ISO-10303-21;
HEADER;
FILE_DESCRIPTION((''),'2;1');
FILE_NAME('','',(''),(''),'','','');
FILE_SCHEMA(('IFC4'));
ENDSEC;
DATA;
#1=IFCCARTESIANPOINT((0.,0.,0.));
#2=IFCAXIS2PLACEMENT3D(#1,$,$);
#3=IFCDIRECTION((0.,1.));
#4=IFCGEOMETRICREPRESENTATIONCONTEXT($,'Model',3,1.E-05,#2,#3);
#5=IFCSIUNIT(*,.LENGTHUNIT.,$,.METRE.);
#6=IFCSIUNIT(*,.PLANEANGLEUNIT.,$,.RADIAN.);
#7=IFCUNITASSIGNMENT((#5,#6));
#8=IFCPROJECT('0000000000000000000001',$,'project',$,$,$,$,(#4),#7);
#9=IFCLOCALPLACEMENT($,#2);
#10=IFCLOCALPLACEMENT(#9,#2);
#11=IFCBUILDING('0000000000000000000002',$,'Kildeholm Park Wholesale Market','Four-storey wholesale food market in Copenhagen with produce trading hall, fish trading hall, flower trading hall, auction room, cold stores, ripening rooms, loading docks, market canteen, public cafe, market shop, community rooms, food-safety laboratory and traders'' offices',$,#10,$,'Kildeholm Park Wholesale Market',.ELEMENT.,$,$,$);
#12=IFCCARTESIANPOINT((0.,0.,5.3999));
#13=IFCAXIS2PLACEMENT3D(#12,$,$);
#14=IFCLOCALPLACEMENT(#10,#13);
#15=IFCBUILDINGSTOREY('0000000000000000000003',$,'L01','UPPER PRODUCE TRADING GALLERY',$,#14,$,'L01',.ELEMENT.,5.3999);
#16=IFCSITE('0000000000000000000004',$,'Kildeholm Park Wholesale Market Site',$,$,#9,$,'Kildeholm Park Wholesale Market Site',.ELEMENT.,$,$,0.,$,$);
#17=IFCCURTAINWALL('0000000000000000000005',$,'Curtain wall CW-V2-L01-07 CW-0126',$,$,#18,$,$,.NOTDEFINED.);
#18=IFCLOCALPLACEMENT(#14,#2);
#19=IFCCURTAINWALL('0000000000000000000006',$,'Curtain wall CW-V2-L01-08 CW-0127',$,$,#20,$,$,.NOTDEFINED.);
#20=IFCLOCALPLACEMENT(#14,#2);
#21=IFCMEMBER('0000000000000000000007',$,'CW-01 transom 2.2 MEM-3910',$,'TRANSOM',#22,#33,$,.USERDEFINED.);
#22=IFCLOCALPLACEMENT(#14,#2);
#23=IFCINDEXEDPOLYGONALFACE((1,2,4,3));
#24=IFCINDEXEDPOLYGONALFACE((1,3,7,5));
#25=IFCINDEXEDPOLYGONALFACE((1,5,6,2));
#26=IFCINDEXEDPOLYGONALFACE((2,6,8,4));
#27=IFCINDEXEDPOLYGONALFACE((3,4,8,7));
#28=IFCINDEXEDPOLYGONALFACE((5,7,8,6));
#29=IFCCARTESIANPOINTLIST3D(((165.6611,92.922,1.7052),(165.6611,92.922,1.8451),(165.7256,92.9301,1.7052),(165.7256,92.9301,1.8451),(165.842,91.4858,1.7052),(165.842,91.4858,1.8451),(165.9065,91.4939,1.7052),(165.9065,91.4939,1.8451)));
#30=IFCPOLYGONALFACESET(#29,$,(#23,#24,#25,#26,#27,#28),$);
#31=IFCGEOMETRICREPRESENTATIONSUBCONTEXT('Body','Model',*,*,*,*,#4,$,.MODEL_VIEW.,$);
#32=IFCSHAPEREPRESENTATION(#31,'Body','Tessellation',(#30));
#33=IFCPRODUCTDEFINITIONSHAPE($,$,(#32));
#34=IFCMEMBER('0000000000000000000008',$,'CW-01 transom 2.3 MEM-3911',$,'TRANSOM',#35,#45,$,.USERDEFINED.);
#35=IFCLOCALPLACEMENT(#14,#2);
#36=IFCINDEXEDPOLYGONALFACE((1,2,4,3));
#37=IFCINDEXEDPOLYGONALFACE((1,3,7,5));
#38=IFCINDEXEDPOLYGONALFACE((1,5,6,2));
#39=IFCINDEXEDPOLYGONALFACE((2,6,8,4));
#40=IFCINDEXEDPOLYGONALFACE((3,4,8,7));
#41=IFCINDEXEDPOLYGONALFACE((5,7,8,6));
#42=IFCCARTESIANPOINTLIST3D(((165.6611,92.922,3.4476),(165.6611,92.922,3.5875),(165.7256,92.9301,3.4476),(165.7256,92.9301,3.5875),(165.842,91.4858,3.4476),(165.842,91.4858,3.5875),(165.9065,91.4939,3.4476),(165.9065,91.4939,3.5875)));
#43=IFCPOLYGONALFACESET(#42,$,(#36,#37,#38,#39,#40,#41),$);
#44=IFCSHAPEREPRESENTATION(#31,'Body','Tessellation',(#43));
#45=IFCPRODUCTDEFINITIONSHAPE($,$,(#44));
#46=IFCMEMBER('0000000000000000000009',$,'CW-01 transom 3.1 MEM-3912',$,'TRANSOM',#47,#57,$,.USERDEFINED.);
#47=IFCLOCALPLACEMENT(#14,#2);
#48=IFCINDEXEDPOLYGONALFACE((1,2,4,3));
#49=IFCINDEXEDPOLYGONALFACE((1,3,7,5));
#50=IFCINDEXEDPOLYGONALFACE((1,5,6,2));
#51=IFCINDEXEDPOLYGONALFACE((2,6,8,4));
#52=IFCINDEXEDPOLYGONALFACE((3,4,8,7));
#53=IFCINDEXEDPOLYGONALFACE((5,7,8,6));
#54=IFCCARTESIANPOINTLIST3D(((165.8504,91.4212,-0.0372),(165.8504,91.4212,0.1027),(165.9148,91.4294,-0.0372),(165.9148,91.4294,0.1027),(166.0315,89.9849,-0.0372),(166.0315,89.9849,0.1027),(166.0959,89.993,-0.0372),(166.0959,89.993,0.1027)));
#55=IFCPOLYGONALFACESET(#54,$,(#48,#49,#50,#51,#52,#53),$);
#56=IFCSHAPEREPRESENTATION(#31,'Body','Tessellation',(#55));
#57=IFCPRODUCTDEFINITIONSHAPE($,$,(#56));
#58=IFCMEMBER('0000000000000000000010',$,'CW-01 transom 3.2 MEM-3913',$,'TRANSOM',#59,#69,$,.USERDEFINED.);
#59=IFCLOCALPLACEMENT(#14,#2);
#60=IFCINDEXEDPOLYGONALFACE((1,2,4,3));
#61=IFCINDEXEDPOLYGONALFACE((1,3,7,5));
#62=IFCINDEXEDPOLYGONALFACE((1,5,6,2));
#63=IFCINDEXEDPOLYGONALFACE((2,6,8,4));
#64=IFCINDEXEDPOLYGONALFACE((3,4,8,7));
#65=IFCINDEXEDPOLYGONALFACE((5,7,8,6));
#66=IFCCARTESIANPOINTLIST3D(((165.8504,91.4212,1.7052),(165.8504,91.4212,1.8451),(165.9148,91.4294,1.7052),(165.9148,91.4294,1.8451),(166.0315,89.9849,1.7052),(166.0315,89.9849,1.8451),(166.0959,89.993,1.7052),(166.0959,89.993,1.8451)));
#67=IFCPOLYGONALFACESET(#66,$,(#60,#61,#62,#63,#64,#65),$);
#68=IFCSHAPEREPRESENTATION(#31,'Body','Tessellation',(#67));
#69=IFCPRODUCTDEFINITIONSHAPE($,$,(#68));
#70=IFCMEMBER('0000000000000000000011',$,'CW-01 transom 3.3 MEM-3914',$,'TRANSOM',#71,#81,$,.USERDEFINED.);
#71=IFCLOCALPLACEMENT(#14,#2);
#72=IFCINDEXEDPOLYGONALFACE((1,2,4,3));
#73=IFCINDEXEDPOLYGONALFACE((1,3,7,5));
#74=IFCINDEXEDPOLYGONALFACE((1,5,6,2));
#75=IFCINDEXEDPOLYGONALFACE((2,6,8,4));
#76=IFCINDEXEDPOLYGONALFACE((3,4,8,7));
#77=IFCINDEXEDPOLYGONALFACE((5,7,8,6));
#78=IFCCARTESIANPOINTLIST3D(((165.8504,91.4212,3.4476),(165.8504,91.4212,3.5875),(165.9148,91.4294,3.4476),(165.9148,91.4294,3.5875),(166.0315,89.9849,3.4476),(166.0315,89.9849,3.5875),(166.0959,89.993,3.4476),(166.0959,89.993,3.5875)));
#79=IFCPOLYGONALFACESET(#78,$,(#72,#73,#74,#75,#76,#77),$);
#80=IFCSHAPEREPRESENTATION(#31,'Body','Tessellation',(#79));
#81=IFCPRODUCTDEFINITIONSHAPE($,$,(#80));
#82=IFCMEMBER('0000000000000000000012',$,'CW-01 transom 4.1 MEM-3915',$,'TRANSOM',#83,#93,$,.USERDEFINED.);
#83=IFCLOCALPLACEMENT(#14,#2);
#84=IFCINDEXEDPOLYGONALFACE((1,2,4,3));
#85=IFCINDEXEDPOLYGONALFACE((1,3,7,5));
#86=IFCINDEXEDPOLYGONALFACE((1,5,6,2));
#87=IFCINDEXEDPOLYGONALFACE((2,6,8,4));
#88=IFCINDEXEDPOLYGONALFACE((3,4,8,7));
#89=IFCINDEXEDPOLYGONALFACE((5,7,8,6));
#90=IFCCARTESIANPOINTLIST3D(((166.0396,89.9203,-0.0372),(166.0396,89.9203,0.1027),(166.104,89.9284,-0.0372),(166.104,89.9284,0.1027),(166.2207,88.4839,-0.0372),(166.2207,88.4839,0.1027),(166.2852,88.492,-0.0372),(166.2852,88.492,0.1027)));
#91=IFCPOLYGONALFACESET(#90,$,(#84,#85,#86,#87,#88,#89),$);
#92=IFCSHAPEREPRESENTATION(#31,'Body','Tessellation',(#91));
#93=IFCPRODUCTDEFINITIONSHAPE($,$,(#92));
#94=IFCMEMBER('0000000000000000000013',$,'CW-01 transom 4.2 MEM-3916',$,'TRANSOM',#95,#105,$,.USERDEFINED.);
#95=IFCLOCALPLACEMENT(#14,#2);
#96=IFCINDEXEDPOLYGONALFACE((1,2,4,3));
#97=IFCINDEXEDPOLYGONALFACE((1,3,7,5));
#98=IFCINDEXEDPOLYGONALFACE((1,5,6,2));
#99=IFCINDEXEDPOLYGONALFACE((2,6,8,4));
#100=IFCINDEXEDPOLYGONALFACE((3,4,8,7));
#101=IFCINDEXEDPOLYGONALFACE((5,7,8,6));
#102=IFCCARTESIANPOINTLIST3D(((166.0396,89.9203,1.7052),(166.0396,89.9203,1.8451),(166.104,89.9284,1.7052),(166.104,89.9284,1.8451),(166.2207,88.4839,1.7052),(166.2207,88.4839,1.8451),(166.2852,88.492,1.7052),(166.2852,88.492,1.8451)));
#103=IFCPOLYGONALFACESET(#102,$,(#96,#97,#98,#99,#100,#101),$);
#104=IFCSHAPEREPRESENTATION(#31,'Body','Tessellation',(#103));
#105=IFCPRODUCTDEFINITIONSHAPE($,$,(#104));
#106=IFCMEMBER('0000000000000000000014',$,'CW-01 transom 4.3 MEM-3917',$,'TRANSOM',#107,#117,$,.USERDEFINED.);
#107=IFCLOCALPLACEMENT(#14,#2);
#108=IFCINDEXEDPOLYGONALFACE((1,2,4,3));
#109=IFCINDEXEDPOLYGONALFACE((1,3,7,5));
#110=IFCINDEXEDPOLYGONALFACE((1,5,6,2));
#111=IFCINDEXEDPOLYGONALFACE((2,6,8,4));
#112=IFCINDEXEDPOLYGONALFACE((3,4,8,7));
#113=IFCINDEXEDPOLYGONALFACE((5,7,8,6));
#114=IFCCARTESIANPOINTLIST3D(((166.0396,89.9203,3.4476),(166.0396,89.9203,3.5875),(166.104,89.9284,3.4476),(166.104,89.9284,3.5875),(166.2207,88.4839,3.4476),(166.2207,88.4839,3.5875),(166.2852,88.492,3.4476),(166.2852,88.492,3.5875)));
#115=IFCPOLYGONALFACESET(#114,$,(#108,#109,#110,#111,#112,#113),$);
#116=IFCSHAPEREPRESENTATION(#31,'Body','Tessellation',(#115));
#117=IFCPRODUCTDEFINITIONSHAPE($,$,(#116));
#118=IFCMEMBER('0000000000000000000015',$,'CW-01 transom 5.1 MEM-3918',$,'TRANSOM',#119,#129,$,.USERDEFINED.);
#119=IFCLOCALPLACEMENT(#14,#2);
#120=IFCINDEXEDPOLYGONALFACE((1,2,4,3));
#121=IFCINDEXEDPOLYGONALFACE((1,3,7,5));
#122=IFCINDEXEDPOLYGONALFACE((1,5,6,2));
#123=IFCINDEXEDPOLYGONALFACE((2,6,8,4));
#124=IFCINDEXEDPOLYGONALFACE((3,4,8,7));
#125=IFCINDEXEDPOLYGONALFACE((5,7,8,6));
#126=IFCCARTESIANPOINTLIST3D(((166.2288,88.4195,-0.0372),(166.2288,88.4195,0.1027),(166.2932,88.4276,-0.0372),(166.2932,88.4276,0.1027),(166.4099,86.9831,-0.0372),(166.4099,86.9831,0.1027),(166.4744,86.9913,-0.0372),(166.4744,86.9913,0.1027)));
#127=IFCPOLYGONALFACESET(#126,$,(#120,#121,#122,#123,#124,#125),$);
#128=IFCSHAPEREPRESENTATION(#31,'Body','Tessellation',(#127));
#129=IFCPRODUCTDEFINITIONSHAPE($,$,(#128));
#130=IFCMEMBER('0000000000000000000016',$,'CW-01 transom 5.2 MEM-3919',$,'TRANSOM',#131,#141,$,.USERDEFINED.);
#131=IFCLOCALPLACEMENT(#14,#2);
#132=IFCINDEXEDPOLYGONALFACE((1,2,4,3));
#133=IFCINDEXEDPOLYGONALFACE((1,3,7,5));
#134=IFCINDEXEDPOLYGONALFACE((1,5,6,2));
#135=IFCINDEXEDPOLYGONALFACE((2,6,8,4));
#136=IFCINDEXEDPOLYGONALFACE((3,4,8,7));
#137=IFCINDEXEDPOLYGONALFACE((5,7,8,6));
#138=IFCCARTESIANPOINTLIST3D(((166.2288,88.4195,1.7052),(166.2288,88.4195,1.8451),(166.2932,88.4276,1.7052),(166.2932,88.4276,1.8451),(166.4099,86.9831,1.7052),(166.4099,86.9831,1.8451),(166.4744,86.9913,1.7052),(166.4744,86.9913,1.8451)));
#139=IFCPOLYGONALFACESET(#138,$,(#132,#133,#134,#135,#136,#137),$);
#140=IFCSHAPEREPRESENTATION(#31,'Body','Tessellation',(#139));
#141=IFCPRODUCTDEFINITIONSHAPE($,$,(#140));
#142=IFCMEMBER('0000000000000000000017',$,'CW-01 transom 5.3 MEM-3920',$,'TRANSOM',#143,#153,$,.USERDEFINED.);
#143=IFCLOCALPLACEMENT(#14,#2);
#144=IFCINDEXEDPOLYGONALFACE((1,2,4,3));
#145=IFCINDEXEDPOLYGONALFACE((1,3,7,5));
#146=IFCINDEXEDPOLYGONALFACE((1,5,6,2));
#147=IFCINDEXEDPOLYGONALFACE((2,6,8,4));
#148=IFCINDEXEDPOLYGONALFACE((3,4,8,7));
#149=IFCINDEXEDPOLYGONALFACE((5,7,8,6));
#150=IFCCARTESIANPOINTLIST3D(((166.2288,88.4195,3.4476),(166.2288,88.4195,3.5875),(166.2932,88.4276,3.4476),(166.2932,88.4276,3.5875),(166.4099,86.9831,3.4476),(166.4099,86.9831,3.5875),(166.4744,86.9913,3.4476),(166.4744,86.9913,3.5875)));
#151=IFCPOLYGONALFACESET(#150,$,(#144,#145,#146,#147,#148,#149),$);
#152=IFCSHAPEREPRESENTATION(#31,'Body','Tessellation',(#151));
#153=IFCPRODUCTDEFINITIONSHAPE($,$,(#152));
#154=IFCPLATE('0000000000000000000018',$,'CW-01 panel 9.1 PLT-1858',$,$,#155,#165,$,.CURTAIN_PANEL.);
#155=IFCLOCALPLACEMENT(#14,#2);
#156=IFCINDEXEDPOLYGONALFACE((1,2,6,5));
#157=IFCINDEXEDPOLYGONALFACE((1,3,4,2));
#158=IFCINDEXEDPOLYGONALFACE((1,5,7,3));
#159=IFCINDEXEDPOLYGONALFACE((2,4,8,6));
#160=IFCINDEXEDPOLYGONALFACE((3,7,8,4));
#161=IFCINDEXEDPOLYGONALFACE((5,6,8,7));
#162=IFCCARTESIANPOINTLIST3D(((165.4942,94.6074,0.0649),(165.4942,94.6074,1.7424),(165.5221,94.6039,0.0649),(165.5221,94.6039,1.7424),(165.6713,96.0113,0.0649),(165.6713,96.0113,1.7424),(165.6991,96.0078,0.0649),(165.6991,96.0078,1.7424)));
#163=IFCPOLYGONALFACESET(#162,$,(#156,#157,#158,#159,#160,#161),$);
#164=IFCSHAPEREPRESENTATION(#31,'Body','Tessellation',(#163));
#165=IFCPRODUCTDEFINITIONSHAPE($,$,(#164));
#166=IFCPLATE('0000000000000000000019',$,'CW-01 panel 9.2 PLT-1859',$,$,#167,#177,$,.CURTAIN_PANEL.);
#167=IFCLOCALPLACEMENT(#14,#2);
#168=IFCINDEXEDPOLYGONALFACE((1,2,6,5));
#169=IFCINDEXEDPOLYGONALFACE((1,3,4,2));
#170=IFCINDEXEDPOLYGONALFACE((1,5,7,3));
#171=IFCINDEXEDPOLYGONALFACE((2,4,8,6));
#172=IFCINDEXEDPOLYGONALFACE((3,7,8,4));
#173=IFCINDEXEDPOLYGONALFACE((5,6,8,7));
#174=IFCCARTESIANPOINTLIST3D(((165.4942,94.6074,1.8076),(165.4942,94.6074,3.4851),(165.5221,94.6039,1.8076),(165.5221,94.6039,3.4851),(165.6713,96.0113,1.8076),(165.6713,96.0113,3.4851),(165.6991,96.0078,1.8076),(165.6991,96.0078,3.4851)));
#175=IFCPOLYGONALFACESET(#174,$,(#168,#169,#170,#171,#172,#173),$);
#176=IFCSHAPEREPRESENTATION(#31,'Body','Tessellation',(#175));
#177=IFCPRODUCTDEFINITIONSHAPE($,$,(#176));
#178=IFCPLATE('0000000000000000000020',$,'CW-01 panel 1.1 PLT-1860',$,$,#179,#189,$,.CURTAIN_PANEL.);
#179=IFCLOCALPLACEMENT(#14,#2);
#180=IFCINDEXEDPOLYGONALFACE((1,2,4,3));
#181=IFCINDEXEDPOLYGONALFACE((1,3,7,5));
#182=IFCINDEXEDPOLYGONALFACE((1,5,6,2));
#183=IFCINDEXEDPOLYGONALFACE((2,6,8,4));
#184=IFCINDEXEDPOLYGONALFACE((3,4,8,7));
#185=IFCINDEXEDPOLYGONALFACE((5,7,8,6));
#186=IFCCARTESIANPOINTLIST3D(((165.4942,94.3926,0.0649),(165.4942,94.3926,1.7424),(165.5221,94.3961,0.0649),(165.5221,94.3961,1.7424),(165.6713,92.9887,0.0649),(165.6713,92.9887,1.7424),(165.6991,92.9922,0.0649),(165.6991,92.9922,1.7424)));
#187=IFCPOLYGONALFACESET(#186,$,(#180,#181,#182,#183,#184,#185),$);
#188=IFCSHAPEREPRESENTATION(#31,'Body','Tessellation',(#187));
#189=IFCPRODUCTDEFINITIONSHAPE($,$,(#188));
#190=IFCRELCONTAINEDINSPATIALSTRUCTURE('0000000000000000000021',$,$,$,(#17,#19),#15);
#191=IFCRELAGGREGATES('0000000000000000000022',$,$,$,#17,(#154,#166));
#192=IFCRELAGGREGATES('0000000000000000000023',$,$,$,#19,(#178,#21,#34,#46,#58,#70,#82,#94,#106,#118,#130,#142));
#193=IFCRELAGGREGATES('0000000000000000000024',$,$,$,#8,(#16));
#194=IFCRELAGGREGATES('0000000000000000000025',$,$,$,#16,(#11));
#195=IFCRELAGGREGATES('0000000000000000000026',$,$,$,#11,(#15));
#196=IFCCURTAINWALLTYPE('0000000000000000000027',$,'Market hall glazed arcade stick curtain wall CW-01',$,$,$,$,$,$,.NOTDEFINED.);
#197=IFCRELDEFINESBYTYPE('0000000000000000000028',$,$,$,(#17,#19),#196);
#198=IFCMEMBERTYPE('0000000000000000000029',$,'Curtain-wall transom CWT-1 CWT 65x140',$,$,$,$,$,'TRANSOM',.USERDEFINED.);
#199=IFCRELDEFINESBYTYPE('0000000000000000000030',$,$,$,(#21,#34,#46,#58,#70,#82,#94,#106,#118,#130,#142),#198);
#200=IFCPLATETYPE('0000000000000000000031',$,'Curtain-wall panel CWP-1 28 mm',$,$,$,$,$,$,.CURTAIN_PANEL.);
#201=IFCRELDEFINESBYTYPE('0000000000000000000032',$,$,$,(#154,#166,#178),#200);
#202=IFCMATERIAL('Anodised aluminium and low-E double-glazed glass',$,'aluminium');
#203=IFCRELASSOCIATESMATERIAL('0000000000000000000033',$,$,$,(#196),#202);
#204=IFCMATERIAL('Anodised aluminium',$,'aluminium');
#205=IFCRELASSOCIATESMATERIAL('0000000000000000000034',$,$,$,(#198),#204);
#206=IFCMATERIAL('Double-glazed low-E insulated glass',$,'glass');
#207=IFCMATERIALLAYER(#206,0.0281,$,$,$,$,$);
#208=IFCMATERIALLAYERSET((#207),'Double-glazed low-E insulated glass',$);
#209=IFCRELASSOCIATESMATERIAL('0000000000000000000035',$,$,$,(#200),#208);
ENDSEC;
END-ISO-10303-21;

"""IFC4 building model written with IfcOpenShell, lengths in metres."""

from ifc_helpers import new_model, si_unit, direction, frame, origin, origin_2d, place, context, subcontext, project, spatial, rectangle, extrude, material, layer, layer_set, material_profile, profile_set, type_object, element, aggregate, save


model = new_model("IFC4")

# Units and contexts
model_context = context("Model", 3, precision=1e-05, world=origin(), true_north=direction((0.0, 1.0)))
body_context = subcontext(model_context, "Body", "Model", "MODEL_VIEW")
ifc_project = project(units=[si_unit("LENGTHUNIT", "METRE"), si_unit("PLANEANGLEUNIT", "RADIAN")], contexts=[model_context])

# Site, building, storey
site_placement = place(None, origin())
site = spatial("IfcSite", under=ifc_project, at=site_placement, Name="Kildeholm Park Wholesale Market Site", LongName="Kildeholm Park Wholesale Market Site", CompositionType="ELEMENT", RefElevation=0.0)
building_placement = place(site_placement, origin())
building = spatial("IfcBuilding", under=site, at=building_placement, Name="Kildeholm Park Wholesale Market", Description="Four-storey wholesale food market in Copenhagen with produce trading hall, fish trading hall, flower trading hall, auction room, cold stores, ripening rooms, loading docks, market canteen, public cafe, market shop, community rooms, food-safety laboratory and traders' offices", LongName="Kildeholm Park Wholesale Market", CompositionType="ELEMENT")
storey_placement = place(building_placement, frame((0.0, 0.0, 5.3999)))
storey = spatial("IfcBuildingStorey", under=building, at=storey_placement, Name="L01", Description="UPPER PRODUCE TRADING GALLERY", LongName="L01", CompositionType="ELEMENT", Elevation=5.3999)

# Curtain walls
ifc_material_1 = material(Name="Anodised aluminium and low-E double-glazed glass", Category="aluminium")
curtain_wall_type = type_object("IfcCurtainWallType", Name="Market hall glazed arcade stick curtain wall CW-01", PredefinedType="NOTDEFINED", material=ifc_material_1)
curtain_wall_1_placement = place(storey_placement, origin())
curtain_wall_1 = element("IfcCurtainWall", 1, at=curtain_wall_1_placement, inside=storey, type_object=curtain_wall_type, Name="Curtain wall CW-V2-L01-07 CW-0126", PredefinedType="NOTDEFINED")
ifc_material_2 = material(Name="Anodised aluminium", Category="aluminium")
curtain_wall_2_placement = place(storey_placement, origin())
curtain_wall_2 = element("IfcCurtainWall", 2, at=curtain_wall_2_placement, inside=storey, type_object=curtain_wall_type, Name="Curtain wall CW-V2-L01-08 CW-0127", PredefinedType="NOTDEFINED")

# Members
ifc_material_profile_1 = material_profile(ifc_material_2, rectangle(XDim=0.0649, YDim=0.1399, at=origin_2d()), Name="CWT 65x140")
ifc_profile_set_1 = profile_set([ifc_material_profile_1], Name="Anodised aluminium")
member_type_1 = type_object("IfcMemberType", Name="Curtain-wall transom CWT-1 CWT 65x140", ElementType="TRANSOM", PredefinedType="USERDEFINED", material=ifc_profile_set_1)
member_1_placement = place(storey_placement, frame((165.6934, 92.926, 1.7751), z_axis=(0.124969, -0.992161, 0.0), x_axis=(0.992161, 0.124969, 0.0)))
member_1 = element("IfcMember", 3, at=member_1_placement, type_object=member_type_1, Name="CW-01 transom 2.2 MEM-3910", ObjectType="TRANSOM", PredefinedType="USERDEFINED", context=body_context, shape_type="SweptSolid", body=[
    extrude(rectangle(XDim=0.0649, YDim=0.1399, at=origin_2d()), origin(), (0.0, 0.0, 1.0), 1.4475),
])
member_2_placement = place(storey_placement, frame((165.6934, 92.926, 3.5176), z_axis=(0.124969, -0.992161, 0.0), x_axis=(0.992161, 0.124969, 0.0)))
member_2 = element("IfcMember", 4, at=member_2_placement, type_object=member_type_1, Name="CW-01 transom 2.3 MEM-3911", ObjectType="TRANSOM", PredefinedType="USERDEFINED", context=body_context, shape_type="SweptSolid", body=[
    extrude(rectangle(XDim=0.0649, YDim=0.1399, at=origin_2d()), origin(), (0.0, 0.0, 1.0), 1.4475),
])
member_3_placement = place(storey_placement, frame((165.8826, 91.4253, 0.0327), z_axis=(0.125135, -0.99214, 0.0), x_axis=(0.99214, 0.125135, 0.0)))
member_3 = element("IfcMember", 5, at=member_3_placement, type_object=member_type_1, Name="CW-01 transom 3.1 MEM-3912", ObjectType="TRANSOM", PredefinedType="USERDEFINED", context=body_context, shape_type="SweptSolid", body=[
    extrude(rectangle(XDim=0.0649, YDim=0.1399, at=origin_2d()), origin(), (0.0, 0.0, 1.0), 1.4478),
])
member_4_placement = place(storey_placement, frame((165.8826, 91.4253, 1.7751), z_axis=(0.125135, -0.99214, 0.0), x_axis=(0.99214, 0.125135, 0.0)))
member_4 = element("IfcMember", 6, at=member_4_placement, type_object=member_type_1, Name="CW-01 transom 3.2 MEM-3913", ObjectType="TRANSOM", PredefinedType="USERDEFINED", context=body_context, shape_type="SweptSolid", body=[
    extrude(rectangle(XDim=0.0649, YDim=0.1399, at=origin_2d()), origin(), (0.0, 0.0, 1.0), 1.4478),
])
member_5_placement = place(storey_placement, frame((165.8826, 91.4253, 3.5176), z_axis=(0.125135, -0.99214, 0.0), x_axis=(0.99214, 0.125135, 0.0)))
member_5 = element("IfcMember", 7, at=member_5_placement, type_object=member_type_1, Name="CW-01 transom 3.3 MEM-3914", ObjectType="TRANSOM", PredefinedType="USERDEFINED", context=body_context, shape_type="SweptSolid", body=[
    extrude(rectangle(XDim=0.0649, YDim=0.1399, at=origin_2d()), origin(), (0.0, 0.0, 1.0), 1.4478),
])
member_6_placement = place(storey_placement, frame((166.0718, 89.9243, 0.0327), z_axis=(0.125135, -0.99214, 0.0), x_axis=(0.99214, 0.125135, 0.0)))
member_6 = element("IfcMember", 8, at=member_6_placement, type_object=member_type_1, Name="CW-01 transom 4.1 MEM-3915", ObjectType="TRANSOM", PredefinedType="USERDEFINED", context=body_context, shape_type="SweptSolid", body=[
    extrude(rectangle(XDim=0.0649, YDim=0.1399, at=origin_2d()), origin(), (0.0, 0.0, 1.0), 1.4478),
])
member_7_placement = place(storey_placement, frame((166.0718, 89.9243, 1.7751), z_axis=(0.125135, -0.99214, 0.0), x_axis=(0.99214, 0.125135, 0.0)))
member_7 = element("IfcMember", 9, at=member_7_placement, type_object=member_type_1, Name="CW-01 transom 4.2 MEM-3916", ObjectType="TRANSOM", PredefinedType="USERDEFINED", context=body_context, shape_type="SweptSolid", body=[
    extrude(rectangle(XDim=0.0649, YDim=0.1399, at=origin_2d()), origin(), (0.0, 0.0, 1.0), 1.4478),
])
member_8_placement = place(storey_placement, frame((166.0718, 89.9243, 3.5176), z_axis=(0.125135, -0.99214, 0.0), x_axis=(0.99214, 0.125135, 0.0)))
member_8 = element("IfcMember", 10, at=member_8_placement, type_object=member_type_1, Name="CW-01 transom 4.3 MEM-3917", ObjectType="TRANSOM", PredefinedType="USERDEFINED", context=body_context, shape_type="SweptSolid", body=[
    extrude(rectangle(XDim=0.0649, YDim=0.1399, at=origin_2d()), origin(), (0.0, 0.0, 1.0), 1.4478),
])
member_9_placement = place(storey_placement, frame((166.261, 88.4236, 0.0327), z_axis=(0.125135, -0.99214, 0.0), x_axis=(0.99214, 0.125135, 0.0)))
member_9 = element("IfcMember", 11, at=member_9_placement, type_object=member_type_1, Name="CW-01 transom 5.1 MEM-3918", ObjectType="TRANSOM", PredefinedType="USERDEFINED", context=body_context, shape_type="SweptSolid", body=[
    extrude(rectangle(XDim=0.0649, YDim=0.1399, at=origin_2d()), origin(), (0.0, 0.0, 1.0), 1.4478),
])
member_10_placement = place(storey_placement, frame((166.261, 88.4236, 1.7751), z_axis=(0.125135, -0.99214, 0.0), x_axis=(0.99214, 0.125135, 0.0)))
member_10 = element("IfcMember", 12, at=member_10_placement, type_object=member_type_1, Name="CW-01 transom 5.2 MEM-3919", ObjectType="TRANSOM", PredefinedType="USERDEFINED", context=body_context, shape_type="SweptSolid", body=[
    extrude(rectangle(XDim=0.0649, YDim=0.1399, at=origin_2d()), origin(), (0.0, 0.0, 1.0), 1.4478),
])
member_11_placement = place(storey_placement, frame((166.261, 88.4236, 3.5176), z_axis=(0.125135, -0.99214, 0.0), x_axis=(0.99214, 0.125135, 0.0)))
member_11 = element("IfcMember", 13, at=member_11_placement, type_object=member_type_1, Name="CW-01 transom 5.3 MEM-3920", ObjectType="TRANSOM", PredefinedType="USERDEFINED", context=body_context, shape_type="SweptSolid", body=[
    extrude(rectangle(XDim=0.0649, YDim=0.1399, at=origin_2d()), origin(), (0.0, 0.0, 1.0), 1.4478),
])

# Plates
ifc_material_3 = material(Name="Double-glazed low-E insulated glass", Category="glass")
ifc_layer = layer(ifc_material_3, 0.0281)
ifc_layer_set = layer_set([ifc_layer], Name="Double-glazed low-E insulated glass")
plate_type = type_object("IfcPlateType", Name="Curtain-wall panel CWP-1 28 mm", PredefinedType="CURTAIN_PANEL", material=ifc_layer_set)
plate_1_placement = place(storey_placement, frame((165.5967, 95.3076, 0.0649), z_axis=(0.0, 0.0, 1.0), x_axis=(-0.125092, -0.992145, 0.0)))
plate_1 = element("IfcPlate", 14, at=plate_1_placement, type_object=plate_type, Name="CW-01 panel 9.1 PLT-1858", PredefinedType="CURTAIN_PANEL", context=body_context, shape_type="SweptSolid", body=[
    extrude(rectangle(XDim=1.415, YDim=0.0281, at=origin_2d()), origin(), (0.0, 0.0, 1.0), 1.6775),
])
plate_2_placement = place(storey_placement, frame((165.5967, 95.3076, 1.8076), z_axis=(0.0, 0.0, 1.0), x_axis=(-0.125092, -0.992145, 0.0)))
plate_2 = element("IfcPlate", 15, at=plate_2_placement, type_object=plate_type, Name="CW-01 panel 9.2 PLT-1859", PredefinedType="CURTAIN_PANEL", context=body_context, shape_type="SweptSolid", body=[
    extrude(rectangle(XDim=1.415, YDim=0.0281, at=origin_2d()), origin(), (0.0, 0.0, 1.0), 1.6775),
])
aggregate(curtain_wall_1, [plate_1, plate_2])
plate_3_placement = place(storey_placement, frame((165.5967, 93.6924, 0.0649), z_axis=(0.0, 0.0, 1.0), x_axis=(0.125092, -0.992145, 0.0)))
plate_3 = element("IfcPlate", 16, at=plate_3_placement, type_object=plate_type, Name="CW-01 panel 1.1 PLT-1860", PredefinedType="CURTAIN_PANEL", context=body_context, shape_type="SweptSolid", body=[
    extrude(rectangle(XDim=1.415, YDim=0.0281, at=origin_2d()), origin(), (0.0, 0.0, 1.0), 1.6775),
])
aggregate(curtain_wall_2, [plate_3, member_1, member_2, member_3, member_4, member_5, member_6, member_7, member_8, member_9, member_10, member_11])

save(model, "model.ifc")
